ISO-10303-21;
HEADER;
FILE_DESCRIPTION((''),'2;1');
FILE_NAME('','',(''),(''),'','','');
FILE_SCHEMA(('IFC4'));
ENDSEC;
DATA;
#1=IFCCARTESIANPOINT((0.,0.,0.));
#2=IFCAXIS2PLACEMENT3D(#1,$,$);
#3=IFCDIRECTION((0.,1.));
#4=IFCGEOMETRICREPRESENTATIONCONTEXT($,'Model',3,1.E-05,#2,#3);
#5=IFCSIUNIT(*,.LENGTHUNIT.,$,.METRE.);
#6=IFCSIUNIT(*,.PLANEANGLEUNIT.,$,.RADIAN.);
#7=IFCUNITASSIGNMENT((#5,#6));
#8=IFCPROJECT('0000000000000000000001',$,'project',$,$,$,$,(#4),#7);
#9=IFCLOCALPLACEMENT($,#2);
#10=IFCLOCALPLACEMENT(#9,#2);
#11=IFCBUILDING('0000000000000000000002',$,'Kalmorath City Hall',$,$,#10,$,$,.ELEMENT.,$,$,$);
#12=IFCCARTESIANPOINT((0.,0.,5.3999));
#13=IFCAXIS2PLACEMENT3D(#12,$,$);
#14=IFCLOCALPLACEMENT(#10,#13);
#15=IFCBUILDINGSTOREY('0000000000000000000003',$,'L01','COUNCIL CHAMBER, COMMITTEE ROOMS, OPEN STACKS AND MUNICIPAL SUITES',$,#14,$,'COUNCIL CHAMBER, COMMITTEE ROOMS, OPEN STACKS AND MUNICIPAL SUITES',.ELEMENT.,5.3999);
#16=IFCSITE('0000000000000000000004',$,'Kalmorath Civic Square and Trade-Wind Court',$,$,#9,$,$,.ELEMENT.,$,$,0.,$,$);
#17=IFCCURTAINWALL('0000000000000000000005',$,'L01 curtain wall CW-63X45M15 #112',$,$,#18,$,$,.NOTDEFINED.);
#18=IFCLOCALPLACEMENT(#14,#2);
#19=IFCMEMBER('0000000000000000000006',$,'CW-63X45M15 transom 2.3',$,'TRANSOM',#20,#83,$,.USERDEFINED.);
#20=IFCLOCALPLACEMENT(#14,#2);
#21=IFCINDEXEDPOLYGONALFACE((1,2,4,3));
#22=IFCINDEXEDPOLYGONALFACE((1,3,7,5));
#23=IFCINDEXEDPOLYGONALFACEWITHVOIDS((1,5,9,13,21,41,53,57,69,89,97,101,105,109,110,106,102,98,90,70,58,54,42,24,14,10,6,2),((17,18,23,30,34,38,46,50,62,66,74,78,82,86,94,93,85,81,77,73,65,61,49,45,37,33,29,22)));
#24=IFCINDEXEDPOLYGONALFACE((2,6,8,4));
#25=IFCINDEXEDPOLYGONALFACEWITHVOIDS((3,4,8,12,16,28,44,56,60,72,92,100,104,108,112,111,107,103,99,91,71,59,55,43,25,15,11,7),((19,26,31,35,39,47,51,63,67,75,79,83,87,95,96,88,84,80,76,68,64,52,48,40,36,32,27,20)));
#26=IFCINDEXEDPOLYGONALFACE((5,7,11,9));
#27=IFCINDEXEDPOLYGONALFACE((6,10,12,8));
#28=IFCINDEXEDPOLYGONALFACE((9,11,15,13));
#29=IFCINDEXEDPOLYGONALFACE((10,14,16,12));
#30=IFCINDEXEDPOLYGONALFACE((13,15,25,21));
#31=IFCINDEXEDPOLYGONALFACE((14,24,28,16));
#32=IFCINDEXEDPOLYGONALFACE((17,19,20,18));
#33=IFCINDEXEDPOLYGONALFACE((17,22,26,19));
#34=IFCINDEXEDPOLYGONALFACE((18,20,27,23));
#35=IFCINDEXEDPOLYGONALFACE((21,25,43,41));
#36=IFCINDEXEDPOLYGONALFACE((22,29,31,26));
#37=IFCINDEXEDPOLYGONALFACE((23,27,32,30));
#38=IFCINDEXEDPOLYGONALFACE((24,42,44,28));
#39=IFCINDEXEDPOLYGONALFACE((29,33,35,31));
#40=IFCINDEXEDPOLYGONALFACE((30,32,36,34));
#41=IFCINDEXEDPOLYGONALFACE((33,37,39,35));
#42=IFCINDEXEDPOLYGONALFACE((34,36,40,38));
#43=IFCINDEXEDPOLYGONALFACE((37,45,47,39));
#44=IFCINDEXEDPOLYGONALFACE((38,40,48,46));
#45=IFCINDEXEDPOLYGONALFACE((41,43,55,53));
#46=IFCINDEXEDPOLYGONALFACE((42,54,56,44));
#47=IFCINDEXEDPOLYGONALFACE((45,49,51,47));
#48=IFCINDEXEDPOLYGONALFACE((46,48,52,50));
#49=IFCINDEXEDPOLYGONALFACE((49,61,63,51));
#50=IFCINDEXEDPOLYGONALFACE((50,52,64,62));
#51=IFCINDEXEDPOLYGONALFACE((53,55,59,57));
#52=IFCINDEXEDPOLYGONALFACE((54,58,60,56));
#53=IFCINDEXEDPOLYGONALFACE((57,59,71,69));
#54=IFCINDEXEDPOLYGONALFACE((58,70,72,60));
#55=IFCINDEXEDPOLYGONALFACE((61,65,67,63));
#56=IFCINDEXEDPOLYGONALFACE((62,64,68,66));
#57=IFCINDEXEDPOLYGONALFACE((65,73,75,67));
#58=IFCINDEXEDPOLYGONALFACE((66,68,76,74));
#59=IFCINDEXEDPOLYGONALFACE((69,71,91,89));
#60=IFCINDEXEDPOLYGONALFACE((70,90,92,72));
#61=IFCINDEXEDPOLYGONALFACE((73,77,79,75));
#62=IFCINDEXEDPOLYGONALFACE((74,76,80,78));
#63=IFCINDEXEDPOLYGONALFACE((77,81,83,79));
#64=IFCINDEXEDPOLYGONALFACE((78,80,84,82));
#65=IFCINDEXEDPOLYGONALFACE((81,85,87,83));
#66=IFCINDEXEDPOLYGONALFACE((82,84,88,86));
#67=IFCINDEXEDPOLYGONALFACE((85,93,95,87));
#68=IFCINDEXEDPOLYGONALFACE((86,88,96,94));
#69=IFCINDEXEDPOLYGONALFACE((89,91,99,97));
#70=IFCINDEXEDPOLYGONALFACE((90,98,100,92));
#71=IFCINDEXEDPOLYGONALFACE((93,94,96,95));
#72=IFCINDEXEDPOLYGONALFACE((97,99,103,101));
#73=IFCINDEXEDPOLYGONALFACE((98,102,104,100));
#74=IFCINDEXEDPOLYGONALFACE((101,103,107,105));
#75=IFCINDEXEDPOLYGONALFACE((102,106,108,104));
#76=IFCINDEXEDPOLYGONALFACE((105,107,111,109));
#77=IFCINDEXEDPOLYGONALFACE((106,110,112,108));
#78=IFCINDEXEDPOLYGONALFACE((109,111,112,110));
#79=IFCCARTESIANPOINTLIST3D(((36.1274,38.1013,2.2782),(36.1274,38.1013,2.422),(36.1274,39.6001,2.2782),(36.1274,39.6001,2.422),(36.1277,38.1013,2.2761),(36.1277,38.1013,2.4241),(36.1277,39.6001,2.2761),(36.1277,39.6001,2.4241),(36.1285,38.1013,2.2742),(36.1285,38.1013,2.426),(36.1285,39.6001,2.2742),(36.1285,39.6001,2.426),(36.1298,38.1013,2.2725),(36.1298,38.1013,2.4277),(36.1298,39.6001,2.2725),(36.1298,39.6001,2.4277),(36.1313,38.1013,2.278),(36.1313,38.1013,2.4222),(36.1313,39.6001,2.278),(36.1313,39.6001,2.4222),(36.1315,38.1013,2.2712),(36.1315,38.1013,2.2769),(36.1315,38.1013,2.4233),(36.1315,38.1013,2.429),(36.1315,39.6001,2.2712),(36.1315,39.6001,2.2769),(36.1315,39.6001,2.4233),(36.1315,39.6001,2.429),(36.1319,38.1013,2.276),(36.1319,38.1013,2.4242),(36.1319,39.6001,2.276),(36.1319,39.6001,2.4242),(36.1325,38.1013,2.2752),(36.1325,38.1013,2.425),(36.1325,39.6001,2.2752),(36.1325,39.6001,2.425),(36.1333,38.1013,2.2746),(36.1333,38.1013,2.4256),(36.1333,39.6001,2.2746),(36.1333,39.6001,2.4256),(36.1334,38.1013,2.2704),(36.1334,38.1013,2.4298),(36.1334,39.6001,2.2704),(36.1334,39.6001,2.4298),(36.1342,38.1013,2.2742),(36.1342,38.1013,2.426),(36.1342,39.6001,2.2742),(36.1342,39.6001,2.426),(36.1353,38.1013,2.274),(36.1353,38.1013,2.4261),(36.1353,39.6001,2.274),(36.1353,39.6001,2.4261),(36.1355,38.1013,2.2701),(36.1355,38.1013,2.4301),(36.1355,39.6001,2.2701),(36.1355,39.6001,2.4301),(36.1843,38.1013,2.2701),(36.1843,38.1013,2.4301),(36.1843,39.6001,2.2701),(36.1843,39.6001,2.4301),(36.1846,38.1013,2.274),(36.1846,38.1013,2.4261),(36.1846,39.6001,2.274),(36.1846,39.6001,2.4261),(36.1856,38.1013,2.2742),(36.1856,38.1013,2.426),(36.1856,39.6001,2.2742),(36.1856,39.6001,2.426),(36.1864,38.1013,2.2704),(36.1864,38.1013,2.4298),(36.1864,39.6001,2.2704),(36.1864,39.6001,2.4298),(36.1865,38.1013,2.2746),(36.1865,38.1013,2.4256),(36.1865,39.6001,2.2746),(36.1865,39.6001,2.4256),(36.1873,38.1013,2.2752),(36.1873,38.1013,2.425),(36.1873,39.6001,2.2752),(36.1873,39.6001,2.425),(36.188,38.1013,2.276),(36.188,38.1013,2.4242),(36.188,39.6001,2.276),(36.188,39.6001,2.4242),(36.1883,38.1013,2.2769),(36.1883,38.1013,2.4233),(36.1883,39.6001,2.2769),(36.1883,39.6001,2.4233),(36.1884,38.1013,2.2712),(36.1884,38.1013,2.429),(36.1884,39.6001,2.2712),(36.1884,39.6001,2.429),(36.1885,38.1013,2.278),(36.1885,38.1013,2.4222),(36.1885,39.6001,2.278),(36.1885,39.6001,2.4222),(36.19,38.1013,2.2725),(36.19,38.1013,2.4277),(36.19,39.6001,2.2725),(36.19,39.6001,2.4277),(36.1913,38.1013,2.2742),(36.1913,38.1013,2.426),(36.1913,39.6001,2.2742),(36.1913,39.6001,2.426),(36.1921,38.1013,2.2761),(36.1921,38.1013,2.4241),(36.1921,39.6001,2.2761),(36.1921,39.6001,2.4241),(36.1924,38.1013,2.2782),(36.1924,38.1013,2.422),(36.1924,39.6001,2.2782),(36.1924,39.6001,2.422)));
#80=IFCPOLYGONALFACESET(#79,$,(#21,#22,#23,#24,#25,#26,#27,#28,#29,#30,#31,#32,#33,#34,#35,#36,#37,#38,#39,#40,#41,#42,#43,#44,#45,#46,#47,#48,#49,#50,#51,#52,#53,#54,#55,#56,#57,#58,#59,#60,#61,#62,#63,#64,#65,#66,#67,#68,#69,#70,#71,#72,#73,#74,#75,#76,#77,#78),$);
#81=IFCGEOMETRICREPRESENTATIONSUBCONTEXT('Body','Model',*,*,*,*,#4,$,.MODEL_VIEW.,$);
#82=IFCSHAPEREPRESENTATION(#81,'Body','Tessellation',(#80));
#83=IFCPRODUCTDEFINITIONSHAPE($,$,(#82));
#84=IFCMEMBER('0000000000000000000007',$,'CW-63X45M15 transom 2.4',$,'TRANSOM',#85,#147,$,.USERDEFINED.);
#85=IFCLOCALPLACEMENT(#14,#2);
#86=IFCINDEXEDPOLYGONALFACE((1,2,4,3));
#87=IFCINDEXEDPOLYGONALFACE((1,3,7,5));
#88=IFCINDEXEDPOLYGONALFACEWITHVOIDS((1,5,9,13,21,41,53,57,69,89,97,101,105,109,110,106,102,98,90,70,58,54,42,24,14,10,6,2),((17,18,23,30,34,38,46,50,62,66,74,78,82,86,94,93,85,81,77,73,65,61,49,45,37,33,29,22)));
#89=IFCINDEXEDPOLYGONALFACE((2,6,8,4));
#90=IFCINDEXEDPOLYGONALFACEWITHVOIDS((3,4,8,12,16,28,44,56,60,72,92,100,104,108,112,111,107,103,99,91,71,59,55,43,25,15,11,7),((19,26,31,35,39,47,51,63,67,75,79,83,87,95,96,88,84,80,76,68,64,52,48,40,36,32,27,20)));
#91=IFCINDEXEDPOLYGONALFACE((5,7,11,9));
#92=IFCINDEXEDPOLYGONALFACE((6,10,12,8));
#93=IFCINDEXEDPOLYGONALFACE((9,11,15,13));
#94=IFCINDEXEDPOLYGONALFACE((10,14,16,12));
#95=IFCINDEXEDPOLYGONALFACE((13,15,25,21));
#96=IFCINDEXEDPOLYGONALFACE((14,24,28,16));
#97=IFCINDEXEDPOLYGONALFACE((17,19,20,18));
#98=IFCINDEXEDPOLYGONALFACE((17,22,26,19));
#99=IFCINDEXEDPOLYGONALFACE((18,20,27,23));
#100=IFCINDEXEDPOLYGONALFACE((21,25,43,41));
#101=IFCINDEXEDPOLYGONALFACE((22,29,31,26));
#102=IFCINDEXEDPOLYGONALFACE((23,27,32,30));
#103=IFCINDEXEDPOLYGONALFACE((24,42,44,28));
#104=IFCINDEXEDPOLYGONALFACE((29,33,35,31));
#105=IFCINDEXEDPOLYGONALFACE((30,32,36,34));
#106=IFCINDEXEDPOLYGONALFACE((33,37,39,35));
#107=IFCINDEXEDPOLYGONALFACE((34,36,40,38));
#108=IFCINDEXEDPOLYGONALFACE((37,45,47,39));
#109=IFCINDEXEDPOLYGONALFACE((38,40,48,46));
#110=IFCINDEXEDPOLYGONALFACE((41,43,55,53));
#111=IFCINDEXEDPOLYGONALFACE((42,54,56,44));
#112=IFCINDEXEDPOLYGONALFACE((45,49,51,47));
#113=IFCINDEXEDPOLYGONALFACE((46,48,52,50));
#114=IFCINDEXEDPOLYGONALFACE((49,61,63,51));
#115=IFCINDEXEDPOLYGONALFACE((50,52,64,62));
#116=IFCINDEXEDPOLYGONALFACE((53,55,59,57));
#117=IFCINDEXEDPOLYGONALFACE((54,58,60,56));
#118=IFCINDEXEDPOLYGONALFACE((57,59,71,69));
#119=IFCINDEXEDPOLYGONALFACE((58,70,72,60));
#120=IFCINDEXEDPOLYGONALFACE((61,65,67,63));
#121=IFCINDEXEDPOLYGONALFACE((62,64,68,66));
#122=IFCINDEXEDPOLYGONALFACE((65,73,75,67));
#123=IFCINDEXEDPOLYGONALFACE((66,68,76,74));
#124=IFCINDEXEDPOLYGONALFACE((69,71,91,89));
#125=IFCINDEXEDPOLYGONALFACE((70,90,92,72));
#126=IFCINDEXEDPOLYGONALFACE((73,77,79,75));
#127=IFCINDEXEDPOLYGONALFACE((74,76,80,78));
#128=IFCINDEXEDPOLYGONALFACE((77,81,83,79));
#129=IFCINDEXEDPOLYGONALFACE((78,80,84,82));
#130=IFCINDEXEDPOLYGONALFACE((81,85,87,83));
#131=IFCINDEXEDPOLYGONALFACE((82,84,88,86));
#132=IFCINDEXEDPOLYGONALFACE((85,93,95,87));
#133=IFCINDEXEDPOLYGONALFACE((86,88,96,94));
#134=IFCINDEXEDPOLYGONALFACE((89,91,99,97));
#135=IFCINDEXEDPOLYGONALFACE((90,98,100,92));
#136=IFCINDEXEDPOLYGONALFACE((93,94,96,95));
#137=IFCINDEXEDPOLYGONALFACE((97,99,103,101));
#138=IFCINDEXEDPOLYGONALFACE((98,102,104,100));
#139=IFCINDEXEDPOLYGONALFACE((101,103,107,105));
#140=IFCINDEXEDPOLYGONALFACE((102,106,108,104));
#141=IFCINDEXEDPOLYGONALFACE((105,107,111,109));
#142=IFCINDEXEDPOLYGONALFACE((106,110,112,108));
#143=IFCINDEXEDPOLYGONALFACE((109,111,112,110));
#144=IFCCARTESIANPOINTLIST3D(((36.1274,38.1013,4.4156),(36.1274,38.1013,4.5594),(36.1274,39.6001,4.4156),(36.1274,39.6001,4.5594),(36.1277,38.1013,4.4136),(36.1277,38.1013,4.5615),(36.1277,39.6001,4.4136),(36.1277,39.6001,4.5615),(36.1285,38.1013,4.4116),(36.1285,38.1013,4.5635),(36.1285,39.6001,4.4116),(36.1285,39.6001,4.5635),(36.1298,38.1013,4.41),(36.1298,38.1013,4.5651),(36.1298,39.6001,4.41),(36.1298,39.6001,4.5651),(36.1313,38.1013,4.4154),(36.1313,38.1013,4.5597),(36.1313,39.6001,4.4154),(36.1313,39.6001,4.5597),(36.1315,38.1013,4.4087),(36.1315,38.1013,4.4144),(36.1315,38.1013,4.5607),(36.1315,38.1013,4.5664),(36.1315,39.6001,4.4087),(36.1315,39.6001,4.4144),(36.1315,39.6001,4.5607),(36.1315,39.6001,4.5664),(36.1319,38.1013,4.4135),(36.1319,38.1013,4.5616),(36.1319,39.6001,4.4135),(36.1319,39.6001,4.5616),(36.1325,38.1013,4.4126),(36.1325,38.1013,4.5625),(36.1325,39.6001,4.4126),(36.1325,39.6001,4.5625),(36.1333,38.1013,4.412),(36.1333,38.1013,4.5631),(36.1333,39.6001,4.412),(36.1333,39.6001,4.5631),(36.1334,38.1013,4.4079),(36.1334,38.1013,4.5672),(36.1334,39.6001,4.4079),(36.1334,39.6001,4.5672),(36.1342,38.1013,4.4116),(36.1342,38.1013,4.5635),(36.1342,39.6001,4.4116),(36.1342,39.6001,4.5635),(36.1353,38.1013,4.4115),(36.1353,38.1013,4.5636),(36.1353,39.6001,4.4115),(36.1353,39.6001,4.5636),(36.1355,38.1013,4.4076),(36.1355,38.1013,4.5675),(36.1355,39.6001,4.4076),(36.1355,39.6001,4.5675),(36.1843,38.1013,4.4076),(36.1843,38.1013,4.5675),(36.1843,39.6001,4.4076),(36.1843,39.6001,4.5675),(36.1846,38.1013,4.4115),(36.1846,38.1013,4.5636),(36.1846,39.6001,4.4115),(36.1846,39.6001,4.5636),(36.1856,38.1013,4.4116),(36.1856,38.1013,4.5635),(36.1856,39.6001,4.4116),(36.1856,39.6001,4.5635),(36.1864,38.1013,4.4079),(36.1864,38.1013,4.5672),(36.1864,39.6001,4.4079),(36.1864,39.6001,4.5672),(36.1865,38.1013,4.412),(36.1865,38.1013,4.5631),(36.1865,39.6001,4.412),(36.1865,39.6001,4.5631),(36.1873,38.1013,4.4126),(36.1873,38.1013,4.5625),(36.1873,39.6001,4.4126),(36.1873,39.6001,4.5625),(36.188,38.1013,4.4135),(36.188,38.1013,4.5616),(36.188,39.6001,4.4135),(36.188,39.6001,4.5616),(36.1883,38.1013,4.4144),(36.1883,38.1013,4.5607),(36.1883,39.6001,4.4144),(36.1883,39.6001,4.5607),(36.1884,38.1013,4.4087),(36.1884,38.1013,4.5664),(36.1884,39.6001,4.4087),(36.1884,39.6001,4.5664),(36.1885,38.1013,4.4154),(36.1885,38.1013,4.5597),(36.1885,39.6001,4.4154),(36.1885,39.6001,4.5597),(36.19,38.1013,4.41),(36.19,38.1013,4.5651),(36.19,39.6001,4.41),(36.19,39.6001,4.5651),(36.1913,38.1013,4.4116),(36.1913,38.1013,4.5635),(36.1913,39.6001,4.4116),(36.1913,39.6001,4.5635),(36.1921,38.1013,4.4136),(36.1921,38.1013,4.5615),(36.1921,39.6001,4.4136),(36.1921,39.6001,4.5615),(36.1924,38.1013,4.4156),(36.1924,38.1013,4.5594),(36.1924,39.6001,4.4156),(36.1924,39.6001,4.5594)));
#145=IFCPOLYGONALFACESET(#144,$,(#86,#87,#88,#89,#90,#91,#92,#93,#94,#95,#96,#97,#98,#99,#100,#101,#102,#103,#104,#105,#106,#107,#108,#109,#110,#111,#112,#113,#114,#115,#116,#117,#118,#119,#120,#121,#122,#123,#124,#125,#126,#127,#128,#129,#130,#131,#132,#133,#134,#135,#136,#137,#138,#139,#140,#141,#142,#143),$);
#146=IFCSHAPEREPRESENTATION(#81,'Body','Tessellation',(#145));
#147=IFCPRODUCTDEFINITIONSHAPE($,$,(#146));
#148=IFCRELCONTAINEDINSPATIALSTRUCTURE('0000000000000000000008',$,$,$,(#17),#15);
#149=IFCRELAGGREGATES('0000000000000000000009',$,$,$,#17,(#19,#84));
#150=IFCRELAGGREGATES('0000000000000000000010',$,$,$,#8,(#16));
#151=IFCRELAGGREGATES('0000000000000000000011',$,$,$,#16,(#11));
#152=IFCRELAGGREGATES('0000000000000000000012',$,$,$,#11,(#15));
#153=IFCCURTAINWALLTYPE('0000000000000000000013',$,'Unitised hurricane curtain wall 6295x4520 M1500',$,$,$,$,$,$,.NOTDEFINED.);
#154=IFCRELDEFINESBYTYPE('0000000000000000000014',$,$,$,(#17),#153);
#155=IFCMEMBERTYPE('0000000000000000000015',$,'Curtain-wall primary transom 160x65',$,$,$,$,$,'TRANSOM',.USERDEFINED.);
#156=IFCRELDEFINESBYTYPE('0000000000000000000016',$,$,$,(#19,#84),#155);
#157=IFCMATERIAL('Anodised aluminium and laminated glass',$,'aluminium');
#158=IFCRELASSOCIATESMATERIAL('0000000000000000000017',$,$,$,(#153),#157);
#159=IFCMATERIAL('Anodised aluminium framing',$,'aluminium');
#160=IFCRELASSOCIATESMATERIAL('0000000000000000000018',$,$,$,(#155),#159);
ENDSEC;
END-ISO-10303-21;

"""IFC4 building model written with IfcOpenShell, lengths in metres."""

from ifc_helpers import new_model, si_unit, direction, frame, origin, origin_2d, place, context, subcontext, project, spatial, hollow_rectangle, extrude, material, material_profile, profile_set, type_object, element, aggregate, save


model = new_model("IFC4")

# Units and contexts
model_context = context("Model", 3, precision=1e-05, world=origin(), true_north=direction((0.0, 1.0)))
body_context = subcontext(model_context, "Body", "Model", "MODEL_VIEW")
ifc_project = project(units=[si_unit("LENGTHUNIT", "METRE"), si_unit("PLANEANGLEUNIT", "RADIAN")], contexts=[model_context])

# Site, building, storey
site_placement = place(None, origin())
site = spatial("IfcSite", under=ifc_project, at=site_placement, Name="Kalmorath Civic Square and Trade-Wind Court", CompositionType="ELEMENT", RefElevation=0.0)
building_placement = place(site_placement, origin())
building = spatial("IfcBuilding", under=site, at=building_placement, Name="Kalmorath City Hall", CompositionType="ELEMENT")
storey_placement = place(building_placement, frame((0.0, 0.0, 5.3999)))
storey = spatial("IfcBuildingStorey", under=building, at=storey_placement, Name="L01", Description="COUNCIL CHAMBER, COMMITTEE ROOMS, OPEN STACKS AND MUNICIPAL SUITES", LongName="COUNCIL CHAMBER, COMMITTEE ROOMS, OPEN STACKS AND MUNICIPAL SUITES", CompositionType="ELEMENT", Elevation=5.3999)

# Curtain wall
ifc_material_1 = material(Name="Anodised aluminium and laminated glass", Category="aluminium")
curtain_wall_type_1 = type_object("IfcCurtainWallType", Name="Unitised hurricane curtain wall 6295x4520 M1500", PredefinedType="NOTDEFINED", material=ifc_material_1)
curtain_wall_1_placement = place(storey_placement, origin())
curtain_wall_1 = element("IfcCurtainWall", 1, at=curtain_wall_1_placement, inside=storey, type_object=curtain_wall_type_1, Name="L01 curtain wall CW-63X45M15 #112", PredefinedType="NOTDEFINED")

# Members
ifc_material_2 = material(Name="Anodised aluminium framing", Category="aluminium")
ifc_material_profile_1 = material_profile(ifc_material_2, hollow_rectangle(XDim=0.0649, YDim=0.1599, WallThickness=0.0039, InnerFilletRadius=0.0039, OuterFilletRadius=0.0081, at=origin_2d()), Name="ALU-TRN-160X65X4")
ifc_profile_set_1 = profile_set([ifc_material_profile_1], Name="Anodised aluminium framing")
member_type_1 = type_object("IfcMemberType", Name="Curtain-wall primary transom 160x65", ElementType="TRANSOM", PredefinedType="USERDEFINED", material=ifc_profile_set_1)
member_1_placement = place(storey_placement, frame((36.1599, 38.1013, 2.3501), z_axis=(0.0, 1.0, 0.0), x_axis=(-1.0, 0.0, 0.0)))
member_1 = element("IfcMember", 2, at=member_1_placement, type_object=member_type_1, Name="CW-63X45M15 transom 2.3", ObjectType="TRANSOM", PredefinedType="USERDEFINED", context=body_context, shape_type="SweptSolid", body=[
    extrude(hollow_rectangle(XDim=0.0649, YDim=0.1599, WallThickness=0.0039, InnerFilletRadius=0.0039, OuterFilletRadius=0.0081, at=origin_2d()), origin(), (0.0, 0.0, 1.0), 1.4988),
])
member_2_placement = place(storey_placement, frame((36.1599, 38.1013, 4.4875), z_axis=(0.0, 1.0, 0.0), x_axis=(-1.0, 0.0, 0.0)))
member_2 = element("IfcMember", 3, at=member_2_placement, type_object=member_type_1, Name="CW-63X45M15 transom 2.4", ObjectType="TRANSOM", PredefinedType="USERDEFINED", context=body_context, shape_type="SweptSolid", body=[
    extrude(hollow_rectangle(XDim=0.0649, YDim=0.1599, WallThickness=0.0039, InnerFilletRadius=0.0039, OuterFilletRadius=0.0081, at=origin_2d()), origin(), (0.0, 0.0, 1.0), 1.4988),
])

aggregate(curtain_wall_1, [member_1, member_2])

save(model, "model.ifc")
